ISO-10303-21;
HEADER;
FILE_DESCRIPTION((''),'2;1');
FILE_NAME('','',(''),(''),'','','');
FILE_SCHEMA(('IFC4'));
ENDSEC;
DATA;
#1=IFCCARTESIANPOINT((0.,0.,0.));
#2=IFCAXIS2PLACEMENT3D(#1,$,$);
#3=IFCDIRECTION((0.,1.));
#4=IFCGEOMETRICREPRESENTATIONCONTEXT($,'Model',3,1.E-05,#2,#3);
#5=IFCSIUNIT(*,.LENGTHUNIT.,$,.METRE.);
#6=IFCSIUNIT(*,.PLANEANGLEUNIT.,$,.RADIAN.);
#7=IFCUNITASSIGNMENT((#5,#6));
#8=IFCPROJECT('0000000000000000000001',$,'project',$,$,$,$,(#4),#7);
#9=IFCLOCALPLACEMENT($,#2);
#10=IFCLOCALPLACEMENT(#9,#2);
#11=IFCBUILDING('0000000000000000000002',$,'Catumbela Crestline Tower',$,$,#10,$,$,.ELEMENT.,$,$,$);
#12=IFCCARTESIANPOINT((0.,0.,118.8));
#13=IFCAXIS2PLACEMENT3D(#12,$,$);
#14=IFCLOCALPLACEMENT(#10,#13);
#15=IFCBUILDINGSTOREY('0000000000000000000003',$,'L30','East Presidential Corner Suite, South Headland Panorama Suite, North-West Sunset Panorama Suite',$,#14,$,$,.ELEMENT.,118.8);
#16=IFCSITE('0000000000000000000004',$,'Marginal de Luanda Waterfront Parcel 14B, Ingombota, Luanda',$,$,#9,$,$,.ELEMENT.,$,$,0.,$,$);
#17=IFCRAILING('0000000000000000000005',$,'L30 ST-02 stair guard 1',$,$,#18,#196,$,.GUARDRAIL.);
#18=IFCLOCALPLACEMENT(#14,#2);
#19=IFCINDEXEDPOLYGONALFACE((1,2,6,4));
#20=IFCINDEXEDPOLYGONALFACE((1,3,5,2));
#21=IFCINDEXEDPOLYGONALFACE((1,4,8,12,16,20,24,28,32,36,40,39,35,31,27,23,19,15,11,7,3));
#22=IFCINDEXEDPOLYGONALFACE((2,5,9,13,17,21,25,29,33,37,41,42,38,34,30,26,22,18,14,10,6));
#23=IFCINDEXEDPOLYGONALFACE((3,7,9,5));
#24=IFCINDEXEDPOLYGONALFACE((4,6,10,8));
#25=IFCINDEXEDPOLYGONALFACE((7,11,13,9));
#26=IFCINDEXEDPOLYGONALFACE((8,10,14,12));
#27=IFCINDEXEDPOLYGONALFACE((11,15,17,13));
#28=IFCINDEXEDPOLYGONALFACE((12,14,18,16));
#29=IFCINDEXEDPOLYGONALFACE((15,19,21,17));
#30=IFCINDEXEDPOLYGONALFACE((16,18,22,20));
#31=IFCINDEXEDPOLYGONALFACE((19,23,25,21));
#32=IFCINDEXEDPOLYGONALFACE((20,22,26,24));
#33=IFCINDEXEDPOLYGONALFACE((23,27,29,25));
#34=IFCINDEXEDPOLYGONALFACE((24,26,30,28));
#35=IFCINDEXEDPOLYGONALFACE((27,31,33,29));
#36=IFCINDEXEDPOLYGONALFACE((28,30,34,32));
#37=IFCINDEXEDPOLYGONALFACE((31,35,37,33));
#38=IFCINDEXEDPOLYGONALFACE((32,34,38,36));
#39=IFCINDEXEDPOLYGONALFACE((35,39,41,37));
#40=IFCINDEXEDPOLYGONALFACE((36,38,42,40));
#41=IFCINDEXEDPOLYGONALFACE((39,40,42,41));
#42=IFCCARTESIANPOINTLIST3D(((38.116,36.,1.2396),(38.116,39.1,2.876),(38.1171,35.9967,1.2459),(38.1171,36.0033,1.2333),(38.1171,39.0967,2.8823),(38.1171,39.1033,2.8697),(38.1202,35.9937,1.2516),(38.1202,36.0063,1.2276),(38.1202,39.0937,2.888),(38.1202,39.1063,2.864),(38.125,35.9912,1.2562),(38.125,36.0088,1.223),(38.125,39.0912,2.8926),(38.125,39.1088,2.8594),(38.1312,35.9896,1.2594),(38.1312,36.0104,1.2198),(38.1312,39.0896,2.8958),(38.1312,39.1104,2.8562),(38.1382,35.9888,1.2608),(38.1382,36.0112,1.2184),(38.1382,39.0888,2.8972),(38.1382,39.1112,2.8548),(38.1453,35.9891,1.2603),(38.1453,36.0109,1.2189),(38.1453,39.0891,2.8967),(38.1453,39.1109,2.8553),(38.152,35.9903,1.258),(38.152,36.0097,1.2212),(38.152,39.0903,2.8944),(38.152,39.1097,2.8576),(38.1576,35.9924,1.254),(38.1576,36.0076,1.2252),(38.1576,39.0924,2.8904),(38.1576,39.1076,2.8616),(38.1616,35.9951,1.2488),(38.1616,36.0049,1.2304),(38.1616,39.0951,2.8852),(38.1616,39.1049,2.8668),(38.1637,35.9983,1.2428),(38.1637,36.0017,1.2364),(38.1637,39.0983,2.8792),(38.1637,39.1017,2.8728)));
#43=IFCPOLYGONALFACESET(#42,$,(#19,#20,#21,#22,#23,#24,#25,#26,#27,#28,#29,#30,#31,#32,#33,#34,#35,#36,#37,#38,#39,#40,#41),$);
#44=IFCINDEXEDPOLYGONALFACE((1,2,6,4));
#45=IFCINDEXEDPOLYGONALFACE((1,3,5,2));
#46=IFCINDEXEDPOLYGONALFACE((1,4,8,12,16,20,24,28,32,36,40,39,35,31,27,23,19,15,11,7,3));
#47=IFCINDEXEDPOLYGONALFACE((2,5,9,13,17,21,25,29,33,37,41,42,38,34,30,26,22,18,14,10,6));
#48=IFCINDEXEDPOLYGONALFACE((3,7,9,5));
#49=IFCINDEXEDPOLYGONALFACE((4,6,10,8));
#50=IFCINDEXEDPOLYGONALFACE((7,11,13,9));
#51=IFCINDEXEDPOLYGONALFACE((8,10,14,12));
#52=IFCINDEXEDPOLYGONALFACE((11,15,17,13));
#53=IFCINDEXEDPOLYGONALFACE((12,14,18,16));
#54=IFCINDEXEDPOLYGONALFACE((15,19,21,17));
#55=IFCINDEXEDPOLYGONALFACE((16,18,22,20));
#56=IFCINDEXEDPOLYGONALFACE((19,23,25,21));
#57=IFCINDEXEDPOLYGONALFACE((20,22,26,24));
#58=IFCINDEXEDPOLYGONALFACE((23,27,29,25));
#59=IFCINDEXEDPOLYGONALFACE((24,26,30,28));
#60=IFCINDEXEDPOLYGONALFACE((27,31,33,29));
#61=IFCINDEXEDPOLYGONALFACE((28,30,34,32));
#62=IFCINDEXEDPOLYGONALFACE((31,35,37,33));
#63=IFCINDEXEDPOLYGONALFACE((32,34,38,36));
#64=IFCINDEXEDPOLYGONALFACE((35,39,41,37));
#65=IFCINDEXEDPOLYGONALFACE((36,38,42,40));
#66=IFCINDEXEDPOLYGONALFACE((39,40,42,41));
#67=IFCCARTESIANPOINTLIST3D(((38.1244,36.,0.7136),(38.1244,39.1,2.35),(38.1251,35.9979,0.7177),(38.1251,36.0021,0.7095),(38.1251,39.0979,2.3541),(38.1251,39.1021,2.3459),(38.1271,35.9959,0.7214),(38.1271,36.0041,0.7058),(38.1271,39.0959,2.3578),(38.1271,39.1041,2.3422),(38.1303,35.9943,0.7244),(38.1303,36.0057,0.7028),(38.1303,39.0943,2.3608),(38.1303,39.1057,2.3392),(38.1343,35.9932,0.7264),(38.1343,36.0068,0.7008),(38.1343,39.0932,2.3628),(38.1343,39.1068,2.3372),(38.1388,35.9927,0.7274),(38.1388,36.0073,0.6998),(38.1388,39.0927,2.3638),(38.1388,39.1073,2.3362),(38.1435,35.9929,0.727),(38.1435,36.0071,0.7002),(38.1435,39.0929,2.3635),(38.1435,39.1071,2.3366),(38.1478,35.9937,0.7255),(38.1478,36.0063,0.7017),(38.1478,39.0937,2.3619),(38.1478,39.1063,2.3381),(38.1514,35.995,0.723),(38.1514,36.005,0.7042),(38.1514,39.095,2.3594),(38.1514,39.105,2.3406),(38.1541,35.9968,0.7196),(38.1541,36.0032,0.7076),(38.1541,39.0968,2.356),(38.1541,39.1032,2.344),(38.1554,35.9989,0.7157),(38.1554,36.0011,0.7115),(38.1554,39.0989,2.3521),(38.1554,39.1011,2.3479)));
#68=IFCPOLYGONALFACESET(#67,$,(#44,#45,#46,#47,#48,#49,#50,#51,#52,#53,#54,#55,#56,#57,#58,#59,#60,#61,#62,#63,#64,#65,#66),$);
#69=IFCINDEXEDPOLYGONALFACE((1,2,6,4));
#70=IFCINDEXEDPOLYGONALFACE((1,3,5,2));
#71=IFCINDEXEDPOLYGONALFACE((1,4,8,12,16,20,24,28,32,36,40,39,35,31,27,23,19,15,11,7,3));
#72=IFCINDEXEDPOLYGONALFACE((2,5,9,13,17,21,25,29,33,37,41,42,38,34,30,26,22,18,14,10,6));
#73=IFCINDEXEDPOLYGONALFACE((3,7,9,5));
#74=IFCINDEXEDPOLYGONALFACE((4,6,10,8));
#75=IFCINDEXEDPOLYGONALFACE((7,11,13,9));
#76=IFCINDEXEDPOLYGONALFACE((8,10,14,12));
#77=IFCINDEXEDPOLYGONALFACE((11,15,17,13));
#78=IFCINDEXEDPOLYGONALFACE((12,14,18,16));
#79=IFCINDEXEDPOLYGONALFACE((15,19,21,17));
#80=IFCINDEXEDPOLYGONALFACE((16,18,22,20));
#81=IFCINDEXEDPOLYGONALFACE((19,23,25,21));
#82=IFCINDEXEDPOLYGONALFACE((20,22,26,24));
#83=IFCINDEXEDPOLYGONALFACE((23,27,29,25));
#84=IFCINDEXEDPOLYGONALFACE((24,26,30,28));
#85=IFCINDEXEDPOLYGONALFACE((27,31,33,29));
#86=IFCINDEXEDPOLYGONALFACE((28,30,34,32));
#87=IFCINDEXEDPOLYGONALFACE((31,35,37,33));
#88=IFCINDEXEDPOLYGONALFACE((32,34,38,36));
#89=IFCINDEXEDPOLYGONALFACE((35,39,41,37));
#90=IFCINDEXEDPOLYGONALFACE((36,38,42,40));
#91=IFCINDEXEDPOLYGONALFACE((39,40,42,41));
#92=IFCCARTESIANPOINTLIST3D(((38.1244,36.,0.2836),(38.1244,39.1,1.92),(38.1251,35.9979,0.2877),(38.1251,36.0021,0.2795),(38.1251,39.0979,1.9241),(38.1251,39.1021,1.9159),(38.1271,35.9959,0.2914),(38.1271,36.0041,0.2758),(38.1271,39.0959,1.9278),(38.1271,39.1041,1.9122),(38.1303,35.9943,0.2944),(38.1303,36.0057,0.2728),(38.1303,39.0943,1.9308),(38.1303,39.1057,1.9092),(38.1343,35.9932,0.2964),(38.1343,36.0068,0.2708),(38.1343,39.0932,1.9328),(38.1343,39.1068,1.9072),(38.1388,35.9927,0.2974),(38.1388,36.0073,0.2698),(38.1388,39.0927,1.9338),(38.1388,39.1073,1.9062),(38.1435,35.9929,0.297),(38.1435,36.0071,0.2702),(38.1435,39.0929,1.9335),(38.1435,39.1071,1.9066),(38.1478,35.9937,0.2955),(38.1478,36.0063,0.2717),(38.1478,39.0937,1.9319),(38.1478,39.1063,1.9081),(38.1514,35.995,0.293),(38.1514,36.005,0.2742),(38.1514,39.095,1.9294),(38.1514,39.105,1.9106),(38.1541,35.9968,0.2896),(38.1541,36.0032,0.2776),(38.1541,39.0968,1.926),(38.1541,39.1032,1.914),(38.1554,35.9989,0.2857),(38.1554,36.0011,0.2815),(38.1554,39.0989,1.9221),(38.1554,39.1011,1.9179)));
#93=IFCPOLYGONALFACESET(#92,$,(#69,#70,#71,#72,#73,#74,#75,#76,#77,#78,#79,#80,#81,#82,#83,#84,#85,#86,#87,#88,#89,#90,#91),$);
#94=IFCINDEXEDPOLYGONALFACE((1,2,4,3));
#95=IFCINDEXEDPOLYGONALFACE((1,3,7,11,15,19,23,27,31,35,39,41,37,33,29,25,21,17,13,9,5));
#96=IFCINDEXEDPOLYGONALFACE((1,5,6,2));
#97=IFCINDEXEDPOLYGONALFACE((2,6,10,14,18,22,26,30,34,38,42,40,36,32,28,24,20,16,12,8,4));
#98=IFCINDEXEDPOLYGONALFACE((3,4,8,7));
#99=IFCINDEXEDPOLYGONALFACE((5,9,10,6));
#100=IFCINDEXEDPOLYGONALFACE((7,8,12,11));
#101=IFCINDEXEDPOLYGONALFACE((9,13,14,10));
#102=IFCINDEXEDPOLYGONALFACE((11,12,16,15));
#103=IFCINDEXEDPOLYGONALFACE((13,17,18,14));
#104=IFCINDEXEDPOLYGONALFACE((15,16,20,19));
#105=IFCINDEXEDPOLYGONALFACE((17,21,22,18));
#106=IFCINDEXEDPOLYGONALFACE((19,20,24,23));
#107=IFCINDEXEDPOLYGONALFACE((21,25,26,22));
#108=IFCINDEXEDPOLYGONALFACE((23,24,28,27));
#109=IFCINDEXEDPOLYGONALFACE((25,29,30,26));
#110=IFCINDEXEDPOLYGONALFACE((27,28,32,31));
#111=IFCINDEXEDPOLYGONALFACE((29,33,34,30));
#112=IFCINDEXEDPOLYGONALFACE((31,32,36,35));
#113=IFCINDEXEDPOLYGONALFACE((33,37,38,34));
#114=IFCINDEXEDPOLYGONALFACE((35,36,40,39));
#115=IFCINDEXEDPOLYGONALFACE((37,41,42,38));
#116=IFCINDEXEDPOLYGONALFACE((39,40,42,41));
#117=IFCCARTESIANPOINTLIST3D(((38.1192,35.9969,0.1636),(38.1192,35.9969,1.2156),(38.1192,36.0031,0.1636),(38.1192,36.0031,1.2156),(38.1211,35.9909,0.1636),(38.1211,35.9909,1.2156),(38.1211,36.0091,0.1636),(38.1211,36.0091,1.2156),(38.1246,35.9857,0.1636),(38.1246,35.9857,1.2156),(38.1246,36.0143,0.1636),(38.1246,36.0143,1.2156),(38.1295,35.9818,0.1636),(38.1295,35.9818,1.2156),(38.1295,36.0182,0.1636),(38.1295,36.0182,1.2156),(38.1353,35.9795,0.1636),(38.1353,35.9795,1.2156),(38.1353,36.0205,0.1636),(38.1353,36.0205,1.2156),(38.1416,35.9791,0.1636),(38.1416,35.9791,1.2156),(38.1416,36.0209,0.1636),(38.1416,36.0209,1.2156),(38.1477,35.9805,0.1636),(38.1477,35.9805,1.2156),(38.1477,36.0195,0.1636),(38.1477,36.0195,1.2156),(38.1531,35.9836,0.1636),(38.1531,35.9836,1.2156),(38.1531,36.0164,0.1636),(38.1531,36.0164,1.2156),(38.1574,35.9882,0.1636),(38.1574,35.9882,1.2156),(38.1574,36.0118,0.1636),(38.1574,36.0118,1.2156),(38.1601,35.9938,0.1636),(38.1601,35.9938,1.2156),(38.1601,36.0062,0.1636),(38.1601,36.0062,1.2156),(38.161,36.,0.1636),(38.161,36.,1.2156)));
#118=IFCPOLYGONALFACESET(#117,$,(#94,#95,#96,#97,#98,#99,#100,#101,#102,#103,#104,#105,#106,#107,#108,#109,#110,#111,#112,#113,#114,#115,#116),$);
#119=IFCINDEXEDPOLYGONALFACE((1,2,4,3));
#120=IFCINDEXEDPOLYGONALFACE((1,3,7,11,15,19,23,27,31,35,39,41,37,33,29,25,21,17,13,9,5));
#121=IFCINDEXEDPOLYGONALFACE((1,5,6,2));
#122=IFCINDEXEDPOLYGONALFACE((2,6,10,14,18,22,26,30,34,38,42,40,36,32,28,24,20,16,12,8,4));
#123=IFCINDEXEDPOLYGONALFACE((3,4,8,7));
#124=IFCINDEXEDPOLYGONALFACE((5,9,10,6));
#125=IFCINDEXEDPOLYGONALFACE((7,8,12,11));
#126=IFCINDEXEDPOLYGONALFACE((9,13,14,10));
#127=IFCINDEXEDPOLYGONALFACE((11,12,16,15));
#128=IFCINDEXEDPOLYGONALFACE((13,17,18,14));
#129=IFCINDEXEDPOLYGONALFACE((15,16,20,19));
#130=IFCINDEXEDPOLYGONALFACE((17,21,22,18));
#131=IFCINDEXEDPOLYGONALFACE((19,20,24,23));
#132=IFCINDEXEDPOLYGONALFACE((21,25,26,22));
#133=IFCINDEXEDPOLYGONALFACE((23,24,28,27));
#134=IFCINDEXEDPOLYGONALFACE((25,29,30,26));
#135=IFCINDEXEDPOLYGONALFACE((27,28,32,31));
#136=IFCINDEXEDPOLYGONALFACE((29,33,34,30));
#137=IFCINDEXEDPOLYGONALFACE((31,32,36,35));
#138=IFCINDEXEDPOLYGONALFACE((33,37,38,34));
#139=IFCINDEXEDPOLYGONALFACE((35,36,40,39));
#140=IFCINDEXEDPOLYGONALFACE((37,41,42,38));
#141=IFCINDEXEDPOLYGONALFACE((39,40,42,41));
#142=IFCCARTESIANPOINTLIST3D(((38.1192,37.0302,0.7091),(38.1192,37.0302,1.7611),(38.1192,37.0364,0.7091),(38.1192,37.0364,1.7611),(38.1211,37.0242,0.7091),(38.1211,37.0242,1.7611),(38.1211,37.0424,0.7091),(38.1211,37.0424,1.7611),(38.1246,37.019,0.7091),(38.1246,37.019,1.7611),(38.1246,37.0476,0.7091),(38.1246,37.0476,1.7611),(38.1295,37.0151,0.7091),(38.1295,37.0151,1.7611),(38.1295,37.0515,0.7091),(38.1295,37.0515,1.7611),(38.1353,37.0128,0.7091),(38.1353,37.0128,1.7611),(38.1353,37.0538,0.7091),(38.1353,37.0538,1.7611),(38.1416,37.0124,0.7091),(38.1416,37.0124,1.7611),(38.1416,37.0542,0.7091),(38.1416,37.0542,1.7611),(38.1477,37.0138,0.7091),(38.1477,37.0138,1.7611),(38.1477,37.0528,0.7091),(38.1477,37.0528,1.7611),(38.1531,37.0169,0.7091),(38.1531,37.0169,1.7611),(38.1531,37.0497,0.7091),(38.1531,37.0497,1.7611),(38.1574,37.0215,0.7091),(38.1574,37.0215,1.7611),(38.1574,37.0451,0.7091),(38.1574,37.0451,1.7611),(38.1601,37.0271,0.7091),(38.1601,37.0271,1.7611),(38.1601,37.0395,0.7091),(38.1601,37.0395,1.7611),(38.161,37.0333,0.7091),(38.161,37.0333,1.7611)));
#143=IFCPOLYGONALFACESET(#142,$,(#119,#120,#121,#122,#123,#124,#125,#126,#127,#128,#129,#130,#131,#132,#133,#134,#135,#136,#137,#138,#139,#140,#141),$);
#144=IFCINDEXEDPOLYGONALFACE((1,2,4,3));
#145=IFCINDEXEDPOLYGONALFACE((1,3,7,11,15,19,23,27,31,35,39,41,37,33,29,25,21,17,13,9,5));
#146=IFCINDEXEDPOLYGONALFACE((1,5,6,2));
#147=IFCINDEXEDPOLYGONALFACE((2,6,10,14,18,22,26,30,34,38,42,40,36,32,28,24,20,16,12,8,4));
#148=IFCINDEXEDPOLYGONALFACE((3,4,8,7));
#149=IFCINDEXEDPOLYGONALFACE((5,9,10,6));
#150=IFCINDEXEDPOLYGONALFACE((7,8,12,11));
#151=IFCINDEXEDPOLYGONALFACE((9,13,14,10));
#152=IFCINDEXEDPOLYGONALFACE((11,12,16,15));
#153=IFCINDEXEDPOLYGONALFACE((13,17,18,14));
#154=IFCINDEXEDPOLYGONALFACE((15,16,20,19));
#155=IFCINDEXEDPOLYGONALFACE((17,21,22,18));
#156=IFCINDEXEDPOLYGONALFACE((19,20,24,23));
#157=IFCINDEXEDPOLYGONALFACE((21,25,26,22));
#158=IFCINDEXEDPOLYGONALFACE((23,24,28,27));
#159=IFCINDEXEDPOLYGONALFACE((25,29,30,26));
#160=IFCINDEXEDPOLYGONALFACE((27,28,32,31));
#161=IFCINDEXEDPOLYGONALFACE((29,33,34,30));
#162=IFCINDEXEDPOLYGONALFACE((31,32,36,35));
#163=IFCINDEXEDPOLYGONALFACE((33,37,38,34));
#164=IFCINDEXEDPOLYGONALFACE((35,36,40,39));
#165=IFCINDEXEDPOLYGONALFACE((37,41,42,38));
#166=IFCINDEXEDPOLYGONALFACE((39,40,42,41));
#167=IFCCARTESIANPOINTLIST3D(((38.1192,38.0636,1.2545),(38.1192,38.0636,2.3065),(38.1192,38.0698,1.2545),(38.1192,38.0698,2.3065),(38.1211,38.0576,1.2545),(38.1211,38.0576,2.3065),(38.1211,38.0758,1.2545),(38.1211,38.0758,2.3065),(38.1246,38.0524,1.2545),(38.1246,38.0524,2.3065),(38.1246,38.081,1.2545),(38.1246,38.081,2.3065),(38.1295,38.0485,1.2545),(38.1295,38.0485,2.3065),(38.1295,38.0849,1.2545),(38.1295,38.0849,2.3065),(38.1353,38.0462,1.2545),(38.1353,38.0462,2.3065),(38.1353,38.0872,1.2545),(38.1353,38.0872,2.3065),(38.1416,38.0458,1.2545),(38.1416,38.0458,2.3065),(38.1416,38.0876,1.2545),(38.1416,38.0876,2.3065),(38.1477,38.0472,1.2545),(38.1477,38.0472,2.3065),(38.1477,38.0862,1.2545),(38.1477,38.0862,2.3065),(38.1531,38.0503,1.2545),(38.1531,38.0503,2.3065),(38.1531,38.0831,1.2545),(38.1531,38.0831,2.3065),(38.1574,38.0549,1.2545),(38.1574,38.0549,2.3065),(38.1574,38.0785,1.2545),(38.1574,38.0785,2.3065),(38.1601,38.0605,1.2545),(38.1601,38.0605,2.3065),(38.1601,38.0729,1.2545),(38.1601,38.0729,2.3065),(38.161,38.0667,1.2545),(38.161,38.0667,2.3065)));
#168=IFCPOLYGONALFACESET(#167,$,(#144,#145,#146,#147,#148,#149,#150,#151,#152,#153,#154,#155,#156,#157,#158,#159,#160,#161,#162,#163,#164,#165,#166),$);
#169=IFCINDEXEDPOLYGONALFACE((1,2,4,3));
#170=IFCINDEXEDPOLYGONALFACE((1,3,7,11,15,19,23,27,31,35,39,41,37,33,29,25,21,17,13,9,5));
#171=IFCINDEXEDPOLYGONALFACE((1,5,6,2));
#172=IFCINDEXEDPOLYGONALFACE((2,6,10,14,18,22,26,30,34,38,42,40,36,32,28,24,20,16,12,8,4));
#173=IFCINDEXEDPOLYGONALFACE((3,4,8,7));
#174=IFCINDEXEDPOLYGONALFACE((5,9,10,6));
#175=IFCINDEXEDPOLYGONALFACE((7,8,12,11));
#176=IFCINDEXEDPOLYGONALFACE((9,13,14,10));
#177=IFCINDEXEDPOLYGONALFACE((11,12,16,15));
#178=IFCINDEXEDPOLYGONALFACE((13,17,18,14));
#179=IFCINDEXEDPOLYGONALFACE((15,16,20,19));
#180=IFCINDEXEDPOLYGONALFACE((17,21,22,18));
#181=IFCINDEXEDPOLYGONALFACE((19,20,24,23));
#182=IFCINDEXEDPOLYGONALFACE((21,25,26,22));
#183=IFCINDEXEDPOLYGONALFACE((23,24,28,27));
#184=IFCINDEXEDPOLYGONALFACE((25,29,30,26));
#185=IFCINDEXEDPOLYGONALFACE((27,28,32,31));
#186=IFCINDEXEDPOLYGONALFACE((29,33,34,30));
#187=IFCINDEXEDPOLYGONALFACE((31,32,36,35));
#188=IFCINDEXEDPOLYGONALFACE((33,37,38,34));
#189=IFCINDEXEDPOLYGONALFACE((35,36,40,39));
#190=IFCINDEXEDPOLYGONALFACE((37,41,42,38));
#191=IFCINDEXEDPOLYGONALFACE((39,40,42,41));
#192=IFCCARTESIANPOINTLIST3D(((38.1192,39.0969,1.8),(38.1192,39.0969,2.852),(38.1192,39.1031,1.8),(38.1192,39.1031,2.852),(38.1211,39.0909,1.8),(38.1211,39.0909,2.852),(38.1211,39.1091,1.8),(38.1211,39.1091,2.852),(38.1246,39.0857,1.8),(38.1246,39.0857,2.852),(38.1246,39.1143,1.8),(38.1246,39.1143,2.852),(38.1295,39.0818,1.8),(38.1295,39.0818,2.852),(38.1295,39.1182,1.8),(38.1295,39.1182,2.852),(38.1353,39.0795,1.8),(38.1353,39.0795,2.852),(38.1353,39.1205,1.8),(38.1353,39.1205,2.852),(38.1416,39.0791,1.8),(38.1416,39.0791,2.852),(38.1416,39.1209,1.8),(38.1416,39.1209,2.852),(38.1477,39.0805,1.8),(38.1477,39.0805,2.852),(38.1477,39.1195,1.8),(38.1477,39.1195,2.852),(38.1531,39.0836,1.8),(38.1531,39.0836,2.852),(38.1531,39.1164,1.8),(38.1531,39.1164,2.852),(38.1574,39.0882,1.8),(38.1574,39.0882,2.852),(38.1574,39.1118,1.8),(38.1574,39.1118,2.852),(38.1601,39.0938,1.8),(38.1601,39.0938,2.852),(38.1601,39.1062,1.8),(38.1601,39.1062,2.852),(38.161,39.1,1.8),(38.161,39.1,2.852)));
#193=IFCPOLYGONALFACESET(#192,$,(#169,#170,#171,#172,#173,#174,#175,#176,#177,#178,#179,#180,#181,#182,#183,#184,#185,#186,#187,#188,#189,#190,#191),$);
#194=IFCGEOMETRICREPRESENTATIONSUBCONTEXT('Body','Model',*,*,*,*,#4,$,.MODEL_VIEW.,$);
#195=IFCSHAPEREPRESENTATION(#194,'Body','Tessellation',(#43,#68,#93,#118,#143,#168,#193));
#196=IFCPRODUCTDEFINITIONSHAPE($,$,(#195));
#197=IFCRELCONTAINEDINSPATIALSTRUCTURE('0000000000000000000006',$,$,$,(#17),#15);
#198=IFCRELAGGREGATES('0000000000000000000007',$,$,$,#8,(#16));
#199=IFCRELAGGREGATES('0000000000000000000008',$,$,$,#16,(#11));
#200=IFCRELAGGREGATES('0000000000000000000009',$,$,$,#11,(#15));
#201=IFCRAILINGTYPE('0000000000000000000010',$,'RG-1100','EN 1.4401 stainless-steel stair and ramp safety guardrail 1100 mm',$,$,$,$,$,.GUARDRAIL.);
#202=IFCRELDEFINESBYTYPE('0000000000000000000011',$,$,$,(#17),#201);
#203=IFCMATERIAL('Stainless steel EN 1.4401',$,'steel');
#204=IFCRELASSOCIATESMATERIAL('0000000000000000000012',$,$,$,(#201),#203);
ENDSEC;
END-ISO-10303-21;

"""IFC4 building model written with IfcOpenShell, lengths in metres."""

from ifc_helpers import new_model, si_unit, direction, frame, origin, origin_2d, place, context, subcontext, project, spatial, circle, extrude, material, type_object, element, save


model = new_model("IFC4")

# Units and contexts
model_context = context("Model", 3, precision=1e-05, world=origin(), true_north=direction((0.0, 1.0)))
body_context = subcontext(model_context, "Body", "Model", "MODEL_VIEW")
ifc_project = project(units=[si_unit("LENGTHUNIT", "METRE"), si_unit("PLANEANGLEUNIT", "RADIAN")], contexts=[model_context])

# Site, building, storey
site_placement = place(None, origin())
site = spatial("IfcSite", under=ifc_project, at=site_placement, Name="Marginal de Luanda Waterfront Parcel 14B, Ingombota, Luanda", CompositionType="ELEMENT", RefElevation=0.0)
building_placement = place(site_placement, origin())
building = spatial("IfcBuilding", under=site, at=building_placement, Name="Catumbela Crestline Tower", CompositionType="ELEMENT")
storey_placement = place(building_placement, frame((0.0, 0.0, 118.8)))
storey = spatial("IfcBuildingStorey", under=building, at=storey_placement, Name="L30", Description="East Presidential Corner Suite, South Headland Panorama Suite, North-West Sunset Panorama Suite", CompositionType="ELEMENT", Elevation=118.8)

# Shared definitions
ifc_material_1 = material(Name="Stainless steel EN 1.4401", Category="steel")

# Railing
railing_type_1 = type_object("IfcRailingType", Name="RG-1100", Description="EN 1.4401 stainless-steel stair and ramp safety guardrail 1100 mm", PredefinedType="GUARDRAIL", material=ifc_material_1)
railing_1_placement = place(storey_placement, frame((38.14, 36.0, 0.1636)))
element("IfcRailing", 1, at=railing_1_placement, inside=storey, type_object=railing_type_1, Name="L30 ST-02 stair guard 1", PredefinedType="GUARDRAIL", context=body_context, shape_type="SweptSolid", body=[
    extrude(circle(Radius=0.024, at=origin_2d()), frame((0.0, 0.0, 1.076), z_axis=(0.0, 0.884351, 0.466823), x_axis=(-1.0, 0.0, 0.0)), (0.0, 0.0, 1.0), 3.5054),
    extrude(circle(Radius=0.0156, at=origin_2d()), frame((0.0, 0.0, 0.55), z_axis=(0.0, 0.884351, 0.466823), x_axis=(-1.0, 0.0, 0.0)), (0.0, 0.0, 1.0), 3.5054),
    extrude(circle(Radius=0.0156, at=origin_2d()), frame((0.0, 0.0, 0.12), z_axis=(0.0, 0.884351, 0.466823), x_axis=(-1.0, 0.0, 0.0)), (0.0, 0.0, 1.0), 3.5054),
    extrude(circle(Radius=0.021, at=origin_2d()), origin(), (0.0, 0.0, 1.0), 1.052),
    extrude(circle(Radius=0.021, at=origin_2d()), frame((0.0, 1.0333, 0.5455)), (0.0, 0.0, 1.0), 1.052),
    extrude(circle(Radius=0.021, at=origin_2d()), frame((0.0, 2.0667, 1.0909)), (0.0, 0.0, 1.0), 1.052),
    extrude(circle(Radius=0.021, at=origin_2d()), frame((0.0, 3.1, 1.6364)), (0.0, 0.0, 1.0), 1.052),
])

save(model, "model.ifc")
